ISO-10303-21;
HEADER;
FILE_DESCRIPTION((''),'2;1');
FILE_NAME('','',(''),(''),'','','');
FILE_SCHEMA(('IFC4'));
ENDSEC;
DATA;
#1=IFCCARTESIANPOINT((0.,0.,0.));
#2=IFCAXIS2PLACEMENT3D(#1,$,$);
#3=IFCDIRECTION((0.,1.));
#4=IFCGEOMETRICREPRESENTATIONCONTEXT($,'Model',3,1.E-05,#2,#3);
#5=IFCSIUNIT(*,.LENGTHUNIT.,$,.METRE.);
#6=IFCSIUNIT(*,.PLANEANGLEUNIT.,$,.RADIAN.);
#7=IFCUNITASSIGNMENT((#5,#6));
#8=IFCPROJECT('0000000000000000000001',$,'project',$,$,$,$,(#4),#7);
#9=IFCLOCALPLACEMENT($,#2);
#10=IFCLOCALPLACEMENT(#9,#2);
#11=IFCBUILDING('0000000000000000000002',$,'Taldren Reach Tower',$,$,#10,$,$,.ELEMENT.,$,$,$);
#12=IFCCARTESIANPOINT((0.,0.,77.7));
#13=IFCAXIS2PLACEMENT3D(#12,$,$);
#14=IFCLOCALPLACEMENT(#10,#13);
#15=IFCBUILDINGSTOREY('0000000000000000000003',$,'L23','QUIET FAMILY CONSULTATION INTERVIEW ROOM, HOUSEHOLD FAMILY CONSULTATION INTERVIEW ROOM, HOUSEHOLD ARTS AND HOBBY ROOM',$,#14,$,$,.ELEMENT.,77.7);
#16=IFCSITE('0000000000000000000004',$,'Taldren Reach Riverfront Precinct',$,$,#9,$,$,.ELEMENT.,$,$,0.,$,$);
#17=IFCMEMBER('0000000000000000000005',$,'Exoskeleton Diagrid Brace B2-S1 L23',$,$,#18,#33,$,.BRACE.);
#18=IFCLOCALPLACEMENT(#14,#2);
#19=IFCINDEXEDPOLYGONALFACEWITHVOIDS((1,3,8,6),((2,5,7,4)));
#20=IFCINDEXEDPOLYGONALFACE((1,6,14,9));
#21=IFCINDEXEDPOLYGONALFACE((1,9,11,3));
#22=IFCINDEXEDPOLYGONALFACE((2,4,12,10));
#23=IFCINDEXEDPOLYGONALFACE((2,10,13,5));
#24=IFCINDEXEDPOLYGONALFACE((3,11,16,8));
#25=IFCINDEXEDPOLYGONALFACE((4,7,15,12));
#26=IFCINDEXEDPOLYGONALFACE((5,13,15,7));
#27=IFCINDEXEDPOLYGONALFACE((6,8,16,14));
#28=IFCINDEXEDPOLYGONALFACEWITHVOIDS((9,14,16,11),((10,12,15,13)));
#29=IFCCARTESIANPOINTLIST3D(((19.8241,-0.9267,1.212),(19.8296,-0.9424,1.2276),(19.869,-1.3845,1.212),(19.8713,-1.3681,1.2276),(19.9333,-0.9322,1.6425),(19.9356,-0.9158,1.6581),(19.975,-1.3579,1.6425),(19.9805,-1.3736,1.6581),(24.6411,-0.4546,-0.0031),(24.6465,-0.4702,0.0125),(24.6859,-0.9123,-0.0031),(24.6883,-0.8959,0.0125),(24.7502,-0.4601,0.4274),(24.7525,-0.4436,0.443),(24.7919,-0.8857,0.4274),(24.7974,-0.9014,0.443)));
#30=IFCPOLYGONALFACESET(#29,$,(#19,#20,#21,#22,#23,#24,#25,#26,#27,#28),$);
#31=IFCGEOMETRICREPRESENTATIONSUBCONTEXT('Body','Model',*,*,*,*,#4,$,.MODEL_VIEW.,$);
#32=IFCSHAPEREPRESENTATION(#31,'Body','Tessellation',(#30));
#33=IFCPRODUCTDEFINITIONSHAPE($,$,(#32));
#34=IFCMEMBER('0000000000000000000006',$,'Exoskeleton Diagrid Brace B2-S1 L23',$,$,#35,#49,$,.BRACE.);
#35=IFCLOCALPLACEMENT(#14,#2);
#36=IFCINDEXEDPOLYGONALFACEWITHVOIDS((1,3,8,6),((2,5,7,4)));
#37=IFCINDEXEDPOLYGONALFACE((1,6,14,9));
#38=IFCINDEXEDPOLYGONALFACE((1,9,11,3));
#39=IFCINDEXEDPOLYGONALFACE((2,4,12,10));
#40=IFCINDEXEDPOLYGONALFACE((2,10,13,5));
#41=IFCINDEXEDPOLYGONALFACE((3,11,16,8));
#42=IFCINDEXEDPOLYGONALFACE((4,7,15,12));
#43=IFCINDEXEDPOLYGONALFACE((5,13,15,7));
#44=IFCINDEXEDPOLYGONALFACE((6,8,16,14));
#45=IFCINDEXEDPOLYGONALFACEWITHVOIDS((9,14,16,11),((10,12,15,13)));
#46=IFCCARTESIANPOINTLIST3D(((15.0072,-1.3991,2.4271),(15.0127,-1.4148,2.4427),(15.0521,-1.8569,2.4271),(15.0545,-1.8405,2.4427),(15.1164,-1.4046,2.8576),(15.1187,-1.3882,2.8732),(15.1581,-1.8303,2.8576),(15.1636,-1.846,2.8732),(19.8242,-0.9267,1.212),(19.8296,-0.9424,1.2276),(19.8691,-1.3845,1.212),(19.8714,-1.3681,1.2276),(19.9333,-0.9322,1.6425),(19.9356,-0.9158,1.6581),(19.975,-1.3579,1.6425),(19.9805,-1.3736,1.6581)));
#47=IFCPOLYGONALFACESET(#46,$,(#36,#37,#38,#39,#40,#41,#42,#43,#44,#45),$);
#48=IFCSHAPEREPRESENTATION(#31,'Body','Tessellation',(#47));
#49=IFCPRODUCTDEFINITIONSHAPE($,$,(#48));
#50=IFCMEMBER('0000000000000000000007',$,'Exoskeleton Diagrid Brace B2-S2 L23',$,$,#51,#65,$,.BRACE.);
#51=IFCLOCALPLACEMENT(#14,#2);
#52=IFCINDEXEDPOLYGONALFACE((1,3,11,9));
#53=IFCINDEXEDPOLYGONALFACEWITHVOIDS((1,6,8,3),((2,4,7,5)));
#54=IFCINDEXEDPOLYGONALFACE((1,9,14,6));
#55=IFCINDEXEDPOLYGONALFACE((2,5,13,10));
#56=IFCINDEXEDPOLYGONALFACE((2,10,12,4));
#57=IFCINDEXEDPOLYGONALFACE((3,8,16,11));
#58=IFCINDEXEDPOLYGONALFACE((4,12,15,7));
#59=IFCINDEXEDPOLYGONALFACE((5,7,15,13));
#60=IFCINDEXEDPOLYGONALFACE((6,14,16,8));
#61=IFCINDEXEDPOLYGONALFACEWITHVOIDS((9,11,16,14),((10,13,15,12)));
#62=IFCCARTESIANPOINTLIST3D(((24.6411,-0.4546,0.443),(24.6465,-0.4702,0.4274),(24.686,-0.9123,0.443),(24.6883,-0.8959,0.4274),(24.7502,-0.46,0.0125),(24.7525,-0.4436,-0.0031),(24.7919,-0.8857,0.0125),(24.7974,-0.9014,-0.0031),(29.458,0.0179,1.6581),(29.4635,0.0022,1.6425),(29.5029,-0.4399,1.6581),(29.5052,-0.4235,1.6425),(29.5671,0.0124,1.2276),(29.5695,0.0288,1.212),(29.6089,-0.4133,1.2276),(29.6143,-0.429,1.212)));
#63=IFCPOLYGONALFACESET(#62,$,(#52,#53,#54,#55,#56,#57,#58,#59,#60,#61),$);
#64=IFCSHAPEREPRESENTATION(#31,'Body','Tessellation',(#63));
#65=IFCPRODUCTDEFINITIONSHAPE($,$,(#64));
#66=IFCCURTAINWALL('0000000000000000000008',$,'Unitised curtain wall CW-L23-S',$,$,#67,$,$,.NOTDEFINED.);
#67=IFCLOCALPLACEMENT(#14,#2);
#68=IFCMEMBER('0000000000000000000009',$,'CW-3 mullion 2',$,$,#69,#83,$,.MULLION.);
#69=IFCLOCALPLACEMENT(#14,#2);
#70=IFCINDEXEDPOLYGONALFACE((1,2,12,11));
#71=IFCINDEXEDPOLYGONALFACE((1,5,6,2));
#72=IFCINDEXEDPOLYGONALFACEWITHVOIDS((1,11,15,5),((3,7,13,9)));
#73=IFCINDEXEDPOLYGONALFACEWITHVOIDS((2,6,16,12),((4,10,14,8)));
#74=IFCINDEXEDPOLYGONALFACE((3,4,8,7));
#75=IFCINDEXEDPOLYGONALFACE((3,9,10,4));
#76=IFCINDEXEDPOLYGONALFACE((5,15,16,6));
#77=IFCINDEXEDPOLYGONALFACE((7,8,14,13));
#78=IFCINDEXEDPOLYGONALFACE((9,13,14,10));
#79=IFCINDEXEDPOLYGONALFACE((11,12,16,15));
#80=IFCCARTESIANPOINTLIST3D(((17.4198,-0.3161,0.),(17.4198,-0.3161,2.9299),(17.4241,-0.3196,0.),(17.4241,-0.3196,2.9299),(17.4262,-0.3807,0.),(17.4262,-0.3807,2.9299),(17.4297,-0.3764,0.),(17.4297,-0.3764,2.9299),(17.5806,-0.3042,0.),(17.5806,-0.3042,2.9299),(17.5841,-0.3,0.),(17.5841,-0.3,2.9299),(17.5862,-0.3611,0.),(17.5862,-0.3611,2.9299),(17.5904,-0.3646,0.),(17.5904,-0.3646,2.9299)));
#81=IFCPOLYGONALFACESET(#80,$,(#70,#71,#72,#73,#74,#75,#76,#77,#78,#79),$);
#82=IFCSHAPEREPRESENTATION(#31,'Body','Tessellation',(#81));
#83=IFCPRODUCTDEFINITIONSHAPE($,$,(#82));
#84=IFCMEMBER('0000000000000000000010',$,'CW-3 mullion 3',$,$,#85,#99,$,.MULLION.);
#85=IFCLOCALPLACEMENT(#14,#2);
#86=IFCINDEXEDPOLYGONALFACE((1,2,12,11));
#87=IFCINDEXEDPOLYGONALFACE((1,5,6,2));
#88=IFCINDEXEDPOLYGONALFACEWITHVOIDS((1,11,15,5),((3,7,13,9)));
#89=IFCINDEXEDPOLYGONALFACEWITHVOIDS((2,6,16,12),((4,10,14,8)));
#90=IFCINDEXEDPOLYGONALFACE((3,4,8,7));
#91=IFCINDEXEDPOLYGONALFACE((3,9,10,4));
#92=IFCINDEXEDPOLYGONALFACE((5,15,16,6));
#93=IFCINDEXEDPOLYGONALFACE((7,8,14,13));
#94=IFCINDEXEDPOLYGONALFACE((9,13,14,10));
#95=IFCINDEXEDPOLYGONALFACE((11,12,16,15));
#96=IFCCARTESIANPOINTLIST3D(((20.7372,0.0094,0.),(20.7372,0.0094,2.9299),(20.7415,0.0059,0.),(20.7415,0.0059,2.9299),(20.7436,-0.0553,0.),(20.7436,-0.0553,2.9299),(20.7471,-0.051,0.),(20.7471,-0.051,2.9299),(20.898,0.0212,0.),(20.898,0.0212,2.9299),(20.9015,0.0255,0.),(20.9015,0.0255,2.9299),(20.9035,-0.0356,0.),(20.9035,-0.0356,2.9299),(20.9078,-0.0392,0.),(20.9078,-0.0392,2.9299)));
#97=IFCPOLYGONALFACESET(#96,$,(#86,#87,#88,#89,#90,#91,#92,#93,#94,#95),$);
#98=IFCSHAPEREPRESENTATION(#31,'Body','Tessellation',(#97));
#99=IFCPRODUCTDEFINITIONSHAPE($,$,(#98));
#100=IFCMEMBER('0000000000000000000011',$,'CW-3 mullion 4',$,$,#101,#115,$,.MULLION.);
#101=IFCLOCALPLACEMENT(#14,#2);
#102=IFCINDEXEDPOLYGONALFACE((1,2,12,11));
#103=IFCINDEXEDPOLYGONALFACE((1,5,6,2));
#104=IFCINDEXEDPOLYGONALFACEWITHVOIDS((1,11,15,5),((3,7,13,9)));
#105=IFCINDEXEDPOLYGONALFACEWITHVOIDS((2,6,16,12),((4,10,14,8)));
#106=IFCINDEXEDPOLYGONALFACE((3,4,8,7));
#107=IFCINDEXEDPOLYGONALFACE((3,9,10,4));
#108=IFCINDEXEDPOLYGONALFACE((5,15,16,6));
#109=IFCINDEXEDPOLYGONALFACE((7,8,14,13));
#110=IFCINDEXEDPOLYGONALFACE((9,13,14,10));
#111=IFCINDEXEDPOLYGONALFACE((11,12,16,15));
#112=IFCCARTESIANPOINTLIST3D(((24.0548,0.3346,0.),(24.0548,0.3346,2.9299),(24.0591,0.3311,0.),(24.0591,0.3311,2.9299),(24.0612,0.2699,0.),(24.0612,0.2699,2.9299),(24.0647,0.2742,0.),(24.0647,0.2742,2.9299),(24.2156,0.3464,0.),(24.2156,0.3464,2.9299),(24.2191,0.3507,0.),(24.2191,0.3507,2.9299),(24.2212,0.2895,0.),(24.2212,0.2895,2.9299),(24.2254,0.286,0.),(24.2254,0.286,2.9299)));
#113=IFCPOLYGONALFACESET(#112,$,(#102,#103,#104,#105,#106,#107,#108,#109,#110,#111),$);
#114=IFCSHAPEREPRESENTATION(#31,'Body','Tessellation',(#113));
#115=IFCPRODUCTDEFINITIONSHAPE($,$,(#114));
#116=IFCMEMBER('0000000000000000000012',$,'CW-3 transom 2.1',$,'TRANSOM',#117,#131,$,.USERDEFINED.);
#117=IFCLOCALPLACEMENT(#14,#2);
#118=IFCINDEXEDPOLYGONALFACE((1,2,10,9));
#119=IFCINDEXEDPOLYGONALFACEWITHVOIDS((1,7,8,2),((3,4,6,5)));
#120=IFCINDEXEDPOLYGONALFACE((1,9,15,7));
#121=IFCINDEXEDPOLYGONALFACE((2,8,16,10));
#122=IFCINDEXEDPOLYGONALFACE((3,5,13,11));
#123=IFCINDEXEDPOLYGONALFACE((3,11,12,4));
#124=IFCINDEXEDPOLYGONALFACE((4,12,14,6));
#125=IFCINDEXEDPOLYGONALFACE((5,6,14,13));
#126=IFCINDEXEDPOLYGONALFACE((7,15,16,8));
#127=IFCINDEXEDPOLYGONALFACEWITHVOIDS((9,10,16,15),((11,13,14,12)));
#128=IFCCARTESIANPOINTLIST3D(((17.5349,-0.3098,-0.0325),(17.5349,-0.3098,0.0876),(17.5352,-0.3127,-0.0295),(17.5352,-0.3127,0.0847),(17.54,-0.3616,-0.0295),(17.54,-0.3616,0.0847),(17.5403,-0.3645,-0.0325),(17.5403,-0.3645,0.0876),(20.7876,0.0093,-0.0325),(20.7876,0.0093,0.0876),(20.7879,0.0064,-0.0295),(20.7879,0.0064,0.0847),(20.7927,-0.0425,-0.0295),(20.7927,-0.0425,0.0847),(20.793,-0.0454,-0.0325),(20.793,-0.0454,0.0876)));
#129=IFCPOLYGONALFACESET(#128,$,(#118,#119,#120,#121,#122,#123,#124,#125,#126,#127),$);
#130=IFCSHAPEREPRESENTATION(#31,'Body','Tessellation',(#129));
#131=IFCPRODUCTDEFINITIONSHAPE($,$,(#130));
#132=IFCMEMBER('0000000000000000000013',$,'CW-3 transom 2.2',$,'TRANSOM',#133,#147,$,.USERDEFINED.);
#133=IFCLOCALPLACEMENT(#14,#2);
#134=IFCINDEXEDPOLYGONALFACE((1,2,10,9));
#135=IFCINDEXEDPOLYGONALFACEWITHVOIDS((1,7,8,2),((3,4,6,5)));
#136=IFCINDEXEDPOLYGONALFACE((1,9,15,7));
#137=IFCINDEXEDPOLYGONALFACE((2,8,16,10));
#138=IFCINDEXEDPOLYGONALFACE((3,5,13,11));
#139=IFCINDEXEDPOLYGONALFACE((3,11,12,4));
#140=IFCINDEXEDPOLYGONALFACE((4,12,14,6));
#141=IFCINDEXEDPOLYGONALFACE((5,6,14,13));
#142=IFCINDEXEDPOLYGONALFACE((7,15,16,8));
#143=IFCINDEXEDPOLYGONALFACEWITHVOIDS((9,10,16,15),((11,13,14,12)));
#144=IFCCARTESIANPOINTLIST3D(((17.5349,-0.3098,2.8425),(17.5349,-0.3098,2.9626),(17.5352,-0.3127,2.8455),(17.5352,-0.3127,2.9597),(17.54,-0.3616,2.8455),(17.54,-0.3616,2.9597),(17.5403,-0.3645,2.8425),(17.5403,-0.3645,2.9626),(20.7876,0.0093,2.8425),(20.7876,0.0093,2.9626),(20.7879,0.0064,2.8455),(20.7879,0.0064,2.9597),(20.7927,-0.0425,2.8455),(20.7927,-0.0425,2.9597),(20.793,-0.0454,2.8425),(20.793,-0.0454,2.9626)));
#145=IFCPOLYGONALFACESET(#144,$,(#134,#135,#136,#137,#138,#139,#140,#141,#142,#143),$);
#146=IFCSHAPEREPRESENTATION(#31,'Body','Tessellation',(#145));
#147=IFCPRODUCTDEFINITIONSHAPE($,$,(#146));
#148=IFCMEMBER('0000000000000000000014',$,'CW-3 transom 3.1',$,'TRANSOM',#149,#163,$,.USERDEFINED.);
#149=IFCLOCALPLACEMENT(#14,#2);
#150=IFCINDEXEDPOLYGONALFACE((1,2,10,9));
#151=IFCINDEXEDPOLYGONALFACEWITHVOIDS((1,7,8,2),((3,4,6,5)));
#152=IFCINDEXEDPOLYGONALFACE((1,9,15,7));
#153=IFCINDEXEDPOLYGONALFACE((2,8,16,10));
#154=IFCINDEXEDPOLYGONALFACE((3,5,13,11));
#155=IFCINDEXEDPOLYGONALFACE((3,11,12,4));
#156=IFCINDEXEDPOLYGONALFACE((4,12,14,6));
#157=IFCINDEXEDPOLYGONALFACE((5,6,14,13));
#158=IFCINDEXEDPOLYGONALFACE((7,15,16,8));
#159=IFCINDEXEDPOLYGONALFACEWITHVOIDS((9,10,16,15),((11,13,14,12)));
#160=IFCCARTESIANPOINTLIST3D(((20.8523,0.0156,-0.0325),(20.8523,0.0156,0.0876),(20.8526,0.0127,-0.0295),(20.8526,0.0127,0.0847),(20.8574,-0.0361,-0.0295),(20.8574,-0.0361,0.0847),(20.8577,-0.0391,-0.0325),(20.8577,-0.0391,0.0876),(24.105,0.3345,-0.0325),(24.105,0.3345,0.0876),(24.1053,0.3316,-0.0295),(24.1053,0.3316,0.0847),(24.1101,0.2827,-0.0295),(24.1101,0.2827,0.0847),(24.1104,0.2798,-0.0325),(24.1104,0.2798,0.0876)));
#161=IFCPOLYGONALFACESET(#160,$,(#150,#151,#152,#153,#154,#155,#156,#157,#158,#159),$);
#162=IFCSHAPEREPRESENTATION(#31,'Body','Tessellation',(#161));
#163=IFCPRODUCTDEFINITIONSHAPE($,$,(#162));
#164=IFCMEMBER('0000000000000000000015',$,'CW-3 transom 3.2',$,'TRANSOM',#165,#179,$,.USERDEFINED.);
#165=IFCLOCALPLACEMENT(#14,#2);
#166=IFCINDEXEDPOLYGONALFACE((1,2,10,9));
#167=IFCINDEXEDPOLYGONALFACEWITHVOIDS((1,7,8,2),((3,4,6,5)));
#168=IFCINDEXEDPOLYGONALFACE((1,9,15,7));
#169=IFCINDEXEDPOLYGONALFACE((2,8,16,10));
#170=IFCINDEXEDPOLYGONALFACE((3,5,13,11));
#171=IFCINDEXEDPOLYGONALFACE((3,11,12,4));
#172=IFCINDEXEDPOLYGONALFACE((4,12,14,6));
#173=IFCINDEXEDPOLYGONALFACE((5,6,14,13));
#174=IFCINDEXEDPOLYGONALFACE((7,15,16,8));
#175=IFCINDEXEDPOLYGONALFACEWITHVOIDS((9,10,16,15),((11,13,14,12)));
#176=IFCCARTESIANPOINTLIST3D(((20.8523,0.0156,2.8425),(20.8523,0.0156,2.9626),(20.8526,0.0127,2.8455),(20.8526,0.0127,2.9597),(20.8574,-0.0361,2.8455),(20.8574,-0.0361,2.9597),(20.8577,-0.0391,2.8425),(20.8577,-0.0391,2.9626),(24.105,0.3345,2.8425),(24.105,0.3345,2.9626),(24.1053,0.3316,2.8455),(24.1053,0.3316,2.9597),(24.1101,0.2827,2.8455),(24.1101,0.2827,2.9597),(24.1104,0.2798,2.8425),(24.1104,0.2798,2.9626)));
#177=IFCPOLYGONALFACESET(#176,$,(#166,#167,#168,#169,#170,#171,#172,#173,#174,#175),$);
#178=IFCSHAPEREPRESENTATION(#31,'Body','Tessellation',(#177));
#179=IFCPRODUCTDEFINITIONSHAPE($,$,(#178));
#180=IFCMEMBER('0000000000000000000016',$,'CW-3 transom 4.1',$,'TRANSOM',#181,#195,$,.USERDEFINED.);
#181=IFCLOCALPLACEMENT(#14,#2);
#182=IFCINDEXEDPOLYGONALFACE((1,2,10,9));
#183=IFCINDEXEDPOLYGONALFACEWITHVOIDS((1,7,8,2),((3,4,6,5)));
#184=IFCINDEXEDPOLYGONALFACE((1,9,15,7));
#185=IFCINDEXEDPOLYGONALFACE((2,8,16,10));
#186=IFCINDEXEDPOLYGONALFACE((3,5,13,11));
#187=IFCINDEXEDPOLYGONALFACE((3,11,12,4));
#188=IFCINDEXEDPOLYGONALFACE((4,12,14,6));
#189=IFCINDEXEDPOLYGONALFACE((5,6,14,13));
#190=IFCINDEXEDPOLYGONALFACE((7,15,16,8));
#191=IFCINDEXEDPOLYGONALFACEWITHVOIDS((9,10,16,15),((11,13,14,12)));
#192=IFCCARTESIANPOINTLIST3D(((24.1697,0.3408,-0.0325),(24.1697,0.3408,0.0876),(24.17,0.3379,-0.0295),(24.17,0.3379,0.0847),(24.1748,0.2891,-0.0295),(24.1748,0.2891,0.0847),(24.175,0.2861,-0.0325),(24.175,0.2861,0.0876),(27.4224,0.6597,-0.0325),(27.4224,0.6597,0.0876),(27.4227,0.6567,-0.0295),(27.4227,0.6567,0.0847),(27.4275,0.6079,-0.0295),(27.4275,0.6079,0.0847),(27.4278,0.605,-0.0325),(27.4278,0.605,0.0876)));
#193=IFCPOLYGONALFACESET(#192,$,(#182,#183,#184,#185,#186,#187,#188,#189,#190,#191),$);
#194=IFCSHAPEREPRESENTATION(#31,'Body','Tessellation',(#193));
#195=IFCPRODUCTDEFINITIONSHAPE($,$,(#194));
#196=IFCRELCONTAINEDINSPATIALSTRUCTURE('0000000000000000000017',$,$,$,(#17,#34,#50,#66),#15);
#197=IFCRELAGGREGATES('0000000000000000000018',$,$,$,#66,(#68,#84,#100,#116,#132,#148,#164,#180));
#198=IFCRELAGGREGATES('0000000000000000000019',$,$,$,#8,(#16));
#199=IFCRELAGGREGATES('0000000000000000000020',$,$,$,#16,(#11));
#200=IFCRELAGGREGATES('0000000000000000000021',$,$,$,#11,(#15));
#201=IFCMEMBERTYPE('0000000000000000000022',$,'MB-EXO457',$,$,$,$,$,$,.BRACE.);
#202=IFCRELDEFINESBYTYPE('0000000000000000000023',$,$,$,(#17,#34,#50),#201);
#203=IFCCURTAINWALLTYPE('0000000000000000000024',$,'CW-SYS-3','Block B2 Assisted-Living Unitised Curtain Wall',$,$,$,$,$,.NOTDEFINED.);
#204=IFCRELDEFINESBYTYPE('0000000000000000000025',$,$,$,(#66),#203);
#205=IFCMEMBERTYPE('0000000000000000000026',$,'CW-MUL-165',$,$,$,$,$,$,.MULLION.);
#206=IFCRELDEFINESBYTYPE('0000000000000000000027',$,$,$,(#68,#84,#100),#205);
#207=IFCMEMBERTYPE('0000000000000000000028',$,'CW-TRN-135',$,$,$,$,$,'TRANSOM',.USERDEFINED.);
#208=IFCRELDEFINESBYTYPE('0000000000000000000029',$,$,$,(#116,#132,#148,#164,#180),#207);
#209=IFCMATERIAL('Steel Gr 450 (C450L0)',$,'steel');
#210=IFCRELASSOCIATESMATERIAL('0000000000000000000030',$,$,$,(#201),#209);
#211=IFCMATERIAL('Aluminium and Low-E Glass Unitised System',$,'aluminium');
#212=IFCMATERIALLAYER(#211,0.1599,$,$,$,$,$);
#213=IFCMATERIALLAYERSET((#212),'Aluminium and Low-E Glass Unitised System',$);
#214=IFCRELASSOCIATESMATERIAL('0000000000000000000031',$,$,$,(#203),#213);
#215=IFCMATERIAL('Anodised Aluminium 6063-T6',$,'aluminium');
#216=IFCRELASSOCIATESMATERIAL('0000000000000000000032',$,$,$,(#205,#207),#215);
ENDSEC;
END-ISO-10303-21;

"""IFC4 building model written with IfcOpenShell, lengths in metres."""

from ifc_helpers import new_model, si_unit, direction, frame, origin, origin_2d, place, context, subcontext, project, spatial, hollow_rectangle, extrude, source, transform, mapped, material, layer, layer_set, material_profile, profile_set, type_object, element, aggregate, save


model = new_model("IFC4")

# Units and contexts
model_context = context("Model", 3, precision=1e-05, world=origin(), true_north=direction((0.0, 1.0)))
body_context = subcontext(model_context, "Body", "Model", "MODEL_VIEW")
ifc_project = project(units=[si_unit("LENGTHUNIT", "METRE"), si_unit("PLANEANGLEUNIT", "RADIAN")], contexts=[model_context])

# Site, building, storey
site_placement = place(None, origin())
site = spatial("IfcSite", under=ifc_project, at=site_placement, Name="Taldren Reach Riverfront Precinct", CompositionType="ELEMENT", RefElevation=0.0)
building_placement = place(site_placement, origin())
building = spatial("IfcBuilding", under=site, at=building_placement, Name="Taldren Reach Tower", CompositionType="ELEMENT")
storey_placement = place(building_placement, frame((0.0, 0.0, 77.7)))
storey = spatial("IfcBuildingStorey", under=building, at=storey_placement, Name="L23", Description="QUIET FAMILY CONSULTATION INTERVIEW ROOM, HOUSEHOLD FAMILY CONSULTATION INTERVIEW ROOM, HOUSEHOLD ARTS AND HOBBY ROOM", CompositionType="ELEMENT", Elevation=77.7)

# Members
ifc_material_1 = material(Name="Steel Gr 450 (C450L0)", Category="steel")
ifc_material_profile_1 = material_profile(ifc_material_1, hollow_rectangle(XDim=0.46, YDim=0.46, WallThickness=0.0161, at=origin_2d()), Name="460x460x16.0SHS")
ifc_profile_set_1 = profile_set([ifc_material_profile_1], Name="Steel Gr 450 (C450L0)")
member_type_1 = type_object("IfcMemberType", Name="MB-EXO457", PredefinedType="BRACE", material=ifc_profile_set_1)
shared_shape_1 = source(origin(), body_context, "Body", "SweptSolid", [
    extrude(hollow_rectangle(XDim=0.46, YDim=0.46, WallThickness=0.0161, at=origin_2d()), origin(), (0.0, 0.0, 1.0), 4.9902),
])
for number, where, z_axis, x_axis, name in (
    (1, (24.7192, -0.678, 0.22), (-0.965276, -0.09462, 0.243496), (0.097556, -0.99523, 0.0), "Exoskeleton Diagrid Brace B2-S1 L23"),
    (2, (19.9023, -1.1501, 1.4351), (-0.965271, -0.094668, 0.243495), (0.097606, -0.995225, 0.0), "Exoskeleton Diagrid Brace B2-S1 L23"),
    (3, (24.7192, -0.678, 0.22), (0.965271, 0.094668, 0.243495), (-0.097606, 0.995225, 0.0), "Exoskeleton Diagrid Brace B2-S2 L23"),
):
    element("IfcMember", number, at=place(storey_placement, frame(where, z_axis=z_axis, x_axis=x_axis)), inside=storey, type_object=member_type_1, Name=name, PredefinedType="BRACE", context=body_context, shape_type="MappedRepresentation", body=[
        mapped(shared_shape_1, transform((0.0, 0.0, 0.0), scale=1.0)),
    ])

# Curtain wall, members
ifc_material_2 = material(Name="Aluminium and Low-E Glass Unitised System", Category="aluminium")
ifc_layer_1 = layer(ifc_material_2, 0.1599)
ifc_layer_set_1 = layer_set([ifc_layer_1], Name="Aluminium and Low-E Glass Unitised System")
curtain_wall_type = type_object("IfcCurtainWallType", Name="CW-SYS-3", Description="Block B2 Assisted-Living Unitised Curtain Wall", PredefinedType="NOTDEFINED", material=ifc_layer_set_1)
curtain_wall_placement = place(storey_placement, origin())
curtain_wall = element("IfcCurtainWall", 4, at=curtain_wall_placement, inside=storey, type_object=curtain_wall_type, Name="Unitised curtain wall CW-L23-S", PredefinedType="NOTDEFINED")
ifc_material_3 = material(Name="Anodised Aluminium 6063-T6", Category="aluminium")
ifc_material_profile_2 = material_profile(ifc_material_3, hollow_rectangle(XDim=0.0649, YDim=0.165, WallThickness=0.0039, at=origin_2d()), Name="ALU-165x65x4RHS")
ifc_profile_set_2 = profile_set([ifc_material_profile_2], Name="Anodised Aluminium 6063-T6")
member_type_2 = type_object("IfcMemberType", Name="CW-MUL-165", PredefinedType="MULLION", material=ifc_profile_set_2)
shared_shape_2 = source(origin(), body_context, "Body", "SweptSolid", [
    extrude(hollow_rectangle(XDim=0.0649, YDim=0.165, WallThickness=0.0039, at=origin_2d()), origin(), (0.0, 0.0, 1.0), 2.9299),
])
member_1_placement = place(storey_placement, frame((17.5051, -0.3403, 0.0), z_axis=(0.0, 0.0, 1.0), x_axis=(-0.097583, 0.995227, 0.0)))
member_1 = element("IfcMember", 5, at=member_1_placement, type_object=member_type_2, Name="CW-3 mullion 2", PredefinedType="MULLION", context=body_context, shape_type="MappedRepresentation", body=[
    mapped(shared_shape_2, transform((0.0, 0.0, 0.0), scale=1.0)),
])
member_2_placement = place(storey_placement, frame((20.8225, -0.0149, 0.0), z_axis=(0.0, 0.0, 1.0), x_axis=(-0.097583, 0.995227, 0.0)))
member_2 = element("IfcMember", 6, at=member_2_placement, type_object=member_type_2, Name="CW-3 mullion 3", PredefinedType="MULLION", context=body_context, shape_type="MappedRepresentation", body=[
    mapped(shared_shape_2, transform((0.0, 0.0, 0.0), scale=1.0)),
])
member_3_placement = place(storey_placement, frame((24.1401, 0.3103, 0.0), z_axis=(0.0, 0.0, 1.0), x_axis=(-0.097583, 0.995227, 0.0)))
member_3 = element("IfcMember", 7, at=member_3_placement, type_object=member_type_2, Name="CW-3 mullion 4", PredefinedType="MULLION", context=body_context, shape_type="MappedRepresentation", body=[
    mapped(shared_shape_2, transform((0.0, 0.0, 0.0), scale=1.0)),
])
ifc_material_profile_3 = material_profile(ifc_material_3, hollow_rectangle(XDim=0.0549, YDim=0.1201, WallThickness=0.0029, at=origin_2d()), Name="ALU-120x55x3RHS")
ifc_profile_set_3 = profile_set([ifc_material_profile_3], Name="Anodised Aluminium 6063-T6")
member_type_3 = type_object("IfcMemberType", Name="CW-TRN-135", ElementType="TRANSOM", PredefinedType="USERDEFINED", material=ifc_profile_set_3)
shared_shape_3 = source(origin(), body_context, "Body", "SweptSolid", [
    extrude(hollow_rectangle(XDim=0.0549, YDim=0.1201, WallThickness=0.0029, at=origin_2d()), origin(), (0.0, 0.0, 1.0), 3.2683),
])
member_4_placement = place(storey_placement, frame((17.5376, -0.3372, 0.0276), z_axis=(0.995223, 0.097632, 0.0), x_axis=(-0.097632, 0.995223, 0.0)))
member_4 = element("IfcMember", 8, at=member_4_placement, type_object=member_type_3, Name="CW-3 transom 2.1", ObjectType="TRANSOM", PredefinedType="USERDEFINED", context=body_context, shape_type="MappedRepresentation", body=[
    mapped(shared_shape_3, transform((0.0, 0.0, 0.0), scale=1.0)),
])
member_5_placement = place(storey_placement, frame((17.5376, -0.3372, 2.9026), z_axis=(0.995223, 0.097632, 0.0), x_axis=(-0.097632, 0.995223, 0.0)))
member_5 = element("IfcMember", 9, at=member_5_placement, type_object=member_type_3, Name="CW-3 transom 2.2", ObjectType="TRANSOM", PredefinedType="USERDEFINED", context=body_context, shape_type="MappedRepresentation", body=[
    mapped(shared_shape_3, transform((0.0, 0.0, 0.0), scale=1.0)),
])
member_6_placement = place(storey_placement, frame((20.855, -0.0117, 0.0276), z_axis=(0.99523, 0.097558, 0.0), x_axis=(-0.097558, 0.99523, 0.0)))
member_6 = element("IfcMember", 10, at=member_6_placement, type_object=member_type_3, Name="CW-3 transom 3.1", ObjectType="TRANSOM", PredefinedType="USERDEFINED", context=body_context, shape_type="MappedRepresentation", body=[
    mapped(shared_shape_3, transform((0.0, 0.0, 0.0), scale=1.0)),
])
member_7_placement = place(storey_placement, frame((20.855, -0.0117, 2.9026), z_axis=(0.99523, 0.097558, 0.0), x_axis=(-0.097558, 0.99523, 0.0)))
member_7 = element("IfcMember", 11, at=member_7_placement, type_object=member_type_3, Name="CW-3 transom 3.2", ObjectType="TRANSOM", PredefinedType="USERDEFINED", context=body_context, shape_type="MappedRepresentation", body=[
    mapped(shared_shape_3, transform((0.0, 0.0, 0.0), scale=1.0)),
])
member_8_placement = place(storey_placement, frame((24.1724, 0.3135, 0.0276), z_axis=(0.99523, 0.097558, 0.0), x_axis=(-0.097558, 0.99523, 0.0)))
member_8 = element("IfcMember", 12, at=member_8_placement, type_object=member_type_3, Name="CW-3 transom 4.1", ObjectType="TRANSOM", PredefinedType="USERDEFINED", context=body_context, shape_type="MappedRepresentation", body=[
    mapped(shared_shape_3, transform((0.0, 0.0, 0.0), scale=1.0)),
])
aggregate(curtain_wall, [member_1, member_2, member_3, member_4, member_5, member_6, member_7, member_8])

save(model, "model.ifc")
